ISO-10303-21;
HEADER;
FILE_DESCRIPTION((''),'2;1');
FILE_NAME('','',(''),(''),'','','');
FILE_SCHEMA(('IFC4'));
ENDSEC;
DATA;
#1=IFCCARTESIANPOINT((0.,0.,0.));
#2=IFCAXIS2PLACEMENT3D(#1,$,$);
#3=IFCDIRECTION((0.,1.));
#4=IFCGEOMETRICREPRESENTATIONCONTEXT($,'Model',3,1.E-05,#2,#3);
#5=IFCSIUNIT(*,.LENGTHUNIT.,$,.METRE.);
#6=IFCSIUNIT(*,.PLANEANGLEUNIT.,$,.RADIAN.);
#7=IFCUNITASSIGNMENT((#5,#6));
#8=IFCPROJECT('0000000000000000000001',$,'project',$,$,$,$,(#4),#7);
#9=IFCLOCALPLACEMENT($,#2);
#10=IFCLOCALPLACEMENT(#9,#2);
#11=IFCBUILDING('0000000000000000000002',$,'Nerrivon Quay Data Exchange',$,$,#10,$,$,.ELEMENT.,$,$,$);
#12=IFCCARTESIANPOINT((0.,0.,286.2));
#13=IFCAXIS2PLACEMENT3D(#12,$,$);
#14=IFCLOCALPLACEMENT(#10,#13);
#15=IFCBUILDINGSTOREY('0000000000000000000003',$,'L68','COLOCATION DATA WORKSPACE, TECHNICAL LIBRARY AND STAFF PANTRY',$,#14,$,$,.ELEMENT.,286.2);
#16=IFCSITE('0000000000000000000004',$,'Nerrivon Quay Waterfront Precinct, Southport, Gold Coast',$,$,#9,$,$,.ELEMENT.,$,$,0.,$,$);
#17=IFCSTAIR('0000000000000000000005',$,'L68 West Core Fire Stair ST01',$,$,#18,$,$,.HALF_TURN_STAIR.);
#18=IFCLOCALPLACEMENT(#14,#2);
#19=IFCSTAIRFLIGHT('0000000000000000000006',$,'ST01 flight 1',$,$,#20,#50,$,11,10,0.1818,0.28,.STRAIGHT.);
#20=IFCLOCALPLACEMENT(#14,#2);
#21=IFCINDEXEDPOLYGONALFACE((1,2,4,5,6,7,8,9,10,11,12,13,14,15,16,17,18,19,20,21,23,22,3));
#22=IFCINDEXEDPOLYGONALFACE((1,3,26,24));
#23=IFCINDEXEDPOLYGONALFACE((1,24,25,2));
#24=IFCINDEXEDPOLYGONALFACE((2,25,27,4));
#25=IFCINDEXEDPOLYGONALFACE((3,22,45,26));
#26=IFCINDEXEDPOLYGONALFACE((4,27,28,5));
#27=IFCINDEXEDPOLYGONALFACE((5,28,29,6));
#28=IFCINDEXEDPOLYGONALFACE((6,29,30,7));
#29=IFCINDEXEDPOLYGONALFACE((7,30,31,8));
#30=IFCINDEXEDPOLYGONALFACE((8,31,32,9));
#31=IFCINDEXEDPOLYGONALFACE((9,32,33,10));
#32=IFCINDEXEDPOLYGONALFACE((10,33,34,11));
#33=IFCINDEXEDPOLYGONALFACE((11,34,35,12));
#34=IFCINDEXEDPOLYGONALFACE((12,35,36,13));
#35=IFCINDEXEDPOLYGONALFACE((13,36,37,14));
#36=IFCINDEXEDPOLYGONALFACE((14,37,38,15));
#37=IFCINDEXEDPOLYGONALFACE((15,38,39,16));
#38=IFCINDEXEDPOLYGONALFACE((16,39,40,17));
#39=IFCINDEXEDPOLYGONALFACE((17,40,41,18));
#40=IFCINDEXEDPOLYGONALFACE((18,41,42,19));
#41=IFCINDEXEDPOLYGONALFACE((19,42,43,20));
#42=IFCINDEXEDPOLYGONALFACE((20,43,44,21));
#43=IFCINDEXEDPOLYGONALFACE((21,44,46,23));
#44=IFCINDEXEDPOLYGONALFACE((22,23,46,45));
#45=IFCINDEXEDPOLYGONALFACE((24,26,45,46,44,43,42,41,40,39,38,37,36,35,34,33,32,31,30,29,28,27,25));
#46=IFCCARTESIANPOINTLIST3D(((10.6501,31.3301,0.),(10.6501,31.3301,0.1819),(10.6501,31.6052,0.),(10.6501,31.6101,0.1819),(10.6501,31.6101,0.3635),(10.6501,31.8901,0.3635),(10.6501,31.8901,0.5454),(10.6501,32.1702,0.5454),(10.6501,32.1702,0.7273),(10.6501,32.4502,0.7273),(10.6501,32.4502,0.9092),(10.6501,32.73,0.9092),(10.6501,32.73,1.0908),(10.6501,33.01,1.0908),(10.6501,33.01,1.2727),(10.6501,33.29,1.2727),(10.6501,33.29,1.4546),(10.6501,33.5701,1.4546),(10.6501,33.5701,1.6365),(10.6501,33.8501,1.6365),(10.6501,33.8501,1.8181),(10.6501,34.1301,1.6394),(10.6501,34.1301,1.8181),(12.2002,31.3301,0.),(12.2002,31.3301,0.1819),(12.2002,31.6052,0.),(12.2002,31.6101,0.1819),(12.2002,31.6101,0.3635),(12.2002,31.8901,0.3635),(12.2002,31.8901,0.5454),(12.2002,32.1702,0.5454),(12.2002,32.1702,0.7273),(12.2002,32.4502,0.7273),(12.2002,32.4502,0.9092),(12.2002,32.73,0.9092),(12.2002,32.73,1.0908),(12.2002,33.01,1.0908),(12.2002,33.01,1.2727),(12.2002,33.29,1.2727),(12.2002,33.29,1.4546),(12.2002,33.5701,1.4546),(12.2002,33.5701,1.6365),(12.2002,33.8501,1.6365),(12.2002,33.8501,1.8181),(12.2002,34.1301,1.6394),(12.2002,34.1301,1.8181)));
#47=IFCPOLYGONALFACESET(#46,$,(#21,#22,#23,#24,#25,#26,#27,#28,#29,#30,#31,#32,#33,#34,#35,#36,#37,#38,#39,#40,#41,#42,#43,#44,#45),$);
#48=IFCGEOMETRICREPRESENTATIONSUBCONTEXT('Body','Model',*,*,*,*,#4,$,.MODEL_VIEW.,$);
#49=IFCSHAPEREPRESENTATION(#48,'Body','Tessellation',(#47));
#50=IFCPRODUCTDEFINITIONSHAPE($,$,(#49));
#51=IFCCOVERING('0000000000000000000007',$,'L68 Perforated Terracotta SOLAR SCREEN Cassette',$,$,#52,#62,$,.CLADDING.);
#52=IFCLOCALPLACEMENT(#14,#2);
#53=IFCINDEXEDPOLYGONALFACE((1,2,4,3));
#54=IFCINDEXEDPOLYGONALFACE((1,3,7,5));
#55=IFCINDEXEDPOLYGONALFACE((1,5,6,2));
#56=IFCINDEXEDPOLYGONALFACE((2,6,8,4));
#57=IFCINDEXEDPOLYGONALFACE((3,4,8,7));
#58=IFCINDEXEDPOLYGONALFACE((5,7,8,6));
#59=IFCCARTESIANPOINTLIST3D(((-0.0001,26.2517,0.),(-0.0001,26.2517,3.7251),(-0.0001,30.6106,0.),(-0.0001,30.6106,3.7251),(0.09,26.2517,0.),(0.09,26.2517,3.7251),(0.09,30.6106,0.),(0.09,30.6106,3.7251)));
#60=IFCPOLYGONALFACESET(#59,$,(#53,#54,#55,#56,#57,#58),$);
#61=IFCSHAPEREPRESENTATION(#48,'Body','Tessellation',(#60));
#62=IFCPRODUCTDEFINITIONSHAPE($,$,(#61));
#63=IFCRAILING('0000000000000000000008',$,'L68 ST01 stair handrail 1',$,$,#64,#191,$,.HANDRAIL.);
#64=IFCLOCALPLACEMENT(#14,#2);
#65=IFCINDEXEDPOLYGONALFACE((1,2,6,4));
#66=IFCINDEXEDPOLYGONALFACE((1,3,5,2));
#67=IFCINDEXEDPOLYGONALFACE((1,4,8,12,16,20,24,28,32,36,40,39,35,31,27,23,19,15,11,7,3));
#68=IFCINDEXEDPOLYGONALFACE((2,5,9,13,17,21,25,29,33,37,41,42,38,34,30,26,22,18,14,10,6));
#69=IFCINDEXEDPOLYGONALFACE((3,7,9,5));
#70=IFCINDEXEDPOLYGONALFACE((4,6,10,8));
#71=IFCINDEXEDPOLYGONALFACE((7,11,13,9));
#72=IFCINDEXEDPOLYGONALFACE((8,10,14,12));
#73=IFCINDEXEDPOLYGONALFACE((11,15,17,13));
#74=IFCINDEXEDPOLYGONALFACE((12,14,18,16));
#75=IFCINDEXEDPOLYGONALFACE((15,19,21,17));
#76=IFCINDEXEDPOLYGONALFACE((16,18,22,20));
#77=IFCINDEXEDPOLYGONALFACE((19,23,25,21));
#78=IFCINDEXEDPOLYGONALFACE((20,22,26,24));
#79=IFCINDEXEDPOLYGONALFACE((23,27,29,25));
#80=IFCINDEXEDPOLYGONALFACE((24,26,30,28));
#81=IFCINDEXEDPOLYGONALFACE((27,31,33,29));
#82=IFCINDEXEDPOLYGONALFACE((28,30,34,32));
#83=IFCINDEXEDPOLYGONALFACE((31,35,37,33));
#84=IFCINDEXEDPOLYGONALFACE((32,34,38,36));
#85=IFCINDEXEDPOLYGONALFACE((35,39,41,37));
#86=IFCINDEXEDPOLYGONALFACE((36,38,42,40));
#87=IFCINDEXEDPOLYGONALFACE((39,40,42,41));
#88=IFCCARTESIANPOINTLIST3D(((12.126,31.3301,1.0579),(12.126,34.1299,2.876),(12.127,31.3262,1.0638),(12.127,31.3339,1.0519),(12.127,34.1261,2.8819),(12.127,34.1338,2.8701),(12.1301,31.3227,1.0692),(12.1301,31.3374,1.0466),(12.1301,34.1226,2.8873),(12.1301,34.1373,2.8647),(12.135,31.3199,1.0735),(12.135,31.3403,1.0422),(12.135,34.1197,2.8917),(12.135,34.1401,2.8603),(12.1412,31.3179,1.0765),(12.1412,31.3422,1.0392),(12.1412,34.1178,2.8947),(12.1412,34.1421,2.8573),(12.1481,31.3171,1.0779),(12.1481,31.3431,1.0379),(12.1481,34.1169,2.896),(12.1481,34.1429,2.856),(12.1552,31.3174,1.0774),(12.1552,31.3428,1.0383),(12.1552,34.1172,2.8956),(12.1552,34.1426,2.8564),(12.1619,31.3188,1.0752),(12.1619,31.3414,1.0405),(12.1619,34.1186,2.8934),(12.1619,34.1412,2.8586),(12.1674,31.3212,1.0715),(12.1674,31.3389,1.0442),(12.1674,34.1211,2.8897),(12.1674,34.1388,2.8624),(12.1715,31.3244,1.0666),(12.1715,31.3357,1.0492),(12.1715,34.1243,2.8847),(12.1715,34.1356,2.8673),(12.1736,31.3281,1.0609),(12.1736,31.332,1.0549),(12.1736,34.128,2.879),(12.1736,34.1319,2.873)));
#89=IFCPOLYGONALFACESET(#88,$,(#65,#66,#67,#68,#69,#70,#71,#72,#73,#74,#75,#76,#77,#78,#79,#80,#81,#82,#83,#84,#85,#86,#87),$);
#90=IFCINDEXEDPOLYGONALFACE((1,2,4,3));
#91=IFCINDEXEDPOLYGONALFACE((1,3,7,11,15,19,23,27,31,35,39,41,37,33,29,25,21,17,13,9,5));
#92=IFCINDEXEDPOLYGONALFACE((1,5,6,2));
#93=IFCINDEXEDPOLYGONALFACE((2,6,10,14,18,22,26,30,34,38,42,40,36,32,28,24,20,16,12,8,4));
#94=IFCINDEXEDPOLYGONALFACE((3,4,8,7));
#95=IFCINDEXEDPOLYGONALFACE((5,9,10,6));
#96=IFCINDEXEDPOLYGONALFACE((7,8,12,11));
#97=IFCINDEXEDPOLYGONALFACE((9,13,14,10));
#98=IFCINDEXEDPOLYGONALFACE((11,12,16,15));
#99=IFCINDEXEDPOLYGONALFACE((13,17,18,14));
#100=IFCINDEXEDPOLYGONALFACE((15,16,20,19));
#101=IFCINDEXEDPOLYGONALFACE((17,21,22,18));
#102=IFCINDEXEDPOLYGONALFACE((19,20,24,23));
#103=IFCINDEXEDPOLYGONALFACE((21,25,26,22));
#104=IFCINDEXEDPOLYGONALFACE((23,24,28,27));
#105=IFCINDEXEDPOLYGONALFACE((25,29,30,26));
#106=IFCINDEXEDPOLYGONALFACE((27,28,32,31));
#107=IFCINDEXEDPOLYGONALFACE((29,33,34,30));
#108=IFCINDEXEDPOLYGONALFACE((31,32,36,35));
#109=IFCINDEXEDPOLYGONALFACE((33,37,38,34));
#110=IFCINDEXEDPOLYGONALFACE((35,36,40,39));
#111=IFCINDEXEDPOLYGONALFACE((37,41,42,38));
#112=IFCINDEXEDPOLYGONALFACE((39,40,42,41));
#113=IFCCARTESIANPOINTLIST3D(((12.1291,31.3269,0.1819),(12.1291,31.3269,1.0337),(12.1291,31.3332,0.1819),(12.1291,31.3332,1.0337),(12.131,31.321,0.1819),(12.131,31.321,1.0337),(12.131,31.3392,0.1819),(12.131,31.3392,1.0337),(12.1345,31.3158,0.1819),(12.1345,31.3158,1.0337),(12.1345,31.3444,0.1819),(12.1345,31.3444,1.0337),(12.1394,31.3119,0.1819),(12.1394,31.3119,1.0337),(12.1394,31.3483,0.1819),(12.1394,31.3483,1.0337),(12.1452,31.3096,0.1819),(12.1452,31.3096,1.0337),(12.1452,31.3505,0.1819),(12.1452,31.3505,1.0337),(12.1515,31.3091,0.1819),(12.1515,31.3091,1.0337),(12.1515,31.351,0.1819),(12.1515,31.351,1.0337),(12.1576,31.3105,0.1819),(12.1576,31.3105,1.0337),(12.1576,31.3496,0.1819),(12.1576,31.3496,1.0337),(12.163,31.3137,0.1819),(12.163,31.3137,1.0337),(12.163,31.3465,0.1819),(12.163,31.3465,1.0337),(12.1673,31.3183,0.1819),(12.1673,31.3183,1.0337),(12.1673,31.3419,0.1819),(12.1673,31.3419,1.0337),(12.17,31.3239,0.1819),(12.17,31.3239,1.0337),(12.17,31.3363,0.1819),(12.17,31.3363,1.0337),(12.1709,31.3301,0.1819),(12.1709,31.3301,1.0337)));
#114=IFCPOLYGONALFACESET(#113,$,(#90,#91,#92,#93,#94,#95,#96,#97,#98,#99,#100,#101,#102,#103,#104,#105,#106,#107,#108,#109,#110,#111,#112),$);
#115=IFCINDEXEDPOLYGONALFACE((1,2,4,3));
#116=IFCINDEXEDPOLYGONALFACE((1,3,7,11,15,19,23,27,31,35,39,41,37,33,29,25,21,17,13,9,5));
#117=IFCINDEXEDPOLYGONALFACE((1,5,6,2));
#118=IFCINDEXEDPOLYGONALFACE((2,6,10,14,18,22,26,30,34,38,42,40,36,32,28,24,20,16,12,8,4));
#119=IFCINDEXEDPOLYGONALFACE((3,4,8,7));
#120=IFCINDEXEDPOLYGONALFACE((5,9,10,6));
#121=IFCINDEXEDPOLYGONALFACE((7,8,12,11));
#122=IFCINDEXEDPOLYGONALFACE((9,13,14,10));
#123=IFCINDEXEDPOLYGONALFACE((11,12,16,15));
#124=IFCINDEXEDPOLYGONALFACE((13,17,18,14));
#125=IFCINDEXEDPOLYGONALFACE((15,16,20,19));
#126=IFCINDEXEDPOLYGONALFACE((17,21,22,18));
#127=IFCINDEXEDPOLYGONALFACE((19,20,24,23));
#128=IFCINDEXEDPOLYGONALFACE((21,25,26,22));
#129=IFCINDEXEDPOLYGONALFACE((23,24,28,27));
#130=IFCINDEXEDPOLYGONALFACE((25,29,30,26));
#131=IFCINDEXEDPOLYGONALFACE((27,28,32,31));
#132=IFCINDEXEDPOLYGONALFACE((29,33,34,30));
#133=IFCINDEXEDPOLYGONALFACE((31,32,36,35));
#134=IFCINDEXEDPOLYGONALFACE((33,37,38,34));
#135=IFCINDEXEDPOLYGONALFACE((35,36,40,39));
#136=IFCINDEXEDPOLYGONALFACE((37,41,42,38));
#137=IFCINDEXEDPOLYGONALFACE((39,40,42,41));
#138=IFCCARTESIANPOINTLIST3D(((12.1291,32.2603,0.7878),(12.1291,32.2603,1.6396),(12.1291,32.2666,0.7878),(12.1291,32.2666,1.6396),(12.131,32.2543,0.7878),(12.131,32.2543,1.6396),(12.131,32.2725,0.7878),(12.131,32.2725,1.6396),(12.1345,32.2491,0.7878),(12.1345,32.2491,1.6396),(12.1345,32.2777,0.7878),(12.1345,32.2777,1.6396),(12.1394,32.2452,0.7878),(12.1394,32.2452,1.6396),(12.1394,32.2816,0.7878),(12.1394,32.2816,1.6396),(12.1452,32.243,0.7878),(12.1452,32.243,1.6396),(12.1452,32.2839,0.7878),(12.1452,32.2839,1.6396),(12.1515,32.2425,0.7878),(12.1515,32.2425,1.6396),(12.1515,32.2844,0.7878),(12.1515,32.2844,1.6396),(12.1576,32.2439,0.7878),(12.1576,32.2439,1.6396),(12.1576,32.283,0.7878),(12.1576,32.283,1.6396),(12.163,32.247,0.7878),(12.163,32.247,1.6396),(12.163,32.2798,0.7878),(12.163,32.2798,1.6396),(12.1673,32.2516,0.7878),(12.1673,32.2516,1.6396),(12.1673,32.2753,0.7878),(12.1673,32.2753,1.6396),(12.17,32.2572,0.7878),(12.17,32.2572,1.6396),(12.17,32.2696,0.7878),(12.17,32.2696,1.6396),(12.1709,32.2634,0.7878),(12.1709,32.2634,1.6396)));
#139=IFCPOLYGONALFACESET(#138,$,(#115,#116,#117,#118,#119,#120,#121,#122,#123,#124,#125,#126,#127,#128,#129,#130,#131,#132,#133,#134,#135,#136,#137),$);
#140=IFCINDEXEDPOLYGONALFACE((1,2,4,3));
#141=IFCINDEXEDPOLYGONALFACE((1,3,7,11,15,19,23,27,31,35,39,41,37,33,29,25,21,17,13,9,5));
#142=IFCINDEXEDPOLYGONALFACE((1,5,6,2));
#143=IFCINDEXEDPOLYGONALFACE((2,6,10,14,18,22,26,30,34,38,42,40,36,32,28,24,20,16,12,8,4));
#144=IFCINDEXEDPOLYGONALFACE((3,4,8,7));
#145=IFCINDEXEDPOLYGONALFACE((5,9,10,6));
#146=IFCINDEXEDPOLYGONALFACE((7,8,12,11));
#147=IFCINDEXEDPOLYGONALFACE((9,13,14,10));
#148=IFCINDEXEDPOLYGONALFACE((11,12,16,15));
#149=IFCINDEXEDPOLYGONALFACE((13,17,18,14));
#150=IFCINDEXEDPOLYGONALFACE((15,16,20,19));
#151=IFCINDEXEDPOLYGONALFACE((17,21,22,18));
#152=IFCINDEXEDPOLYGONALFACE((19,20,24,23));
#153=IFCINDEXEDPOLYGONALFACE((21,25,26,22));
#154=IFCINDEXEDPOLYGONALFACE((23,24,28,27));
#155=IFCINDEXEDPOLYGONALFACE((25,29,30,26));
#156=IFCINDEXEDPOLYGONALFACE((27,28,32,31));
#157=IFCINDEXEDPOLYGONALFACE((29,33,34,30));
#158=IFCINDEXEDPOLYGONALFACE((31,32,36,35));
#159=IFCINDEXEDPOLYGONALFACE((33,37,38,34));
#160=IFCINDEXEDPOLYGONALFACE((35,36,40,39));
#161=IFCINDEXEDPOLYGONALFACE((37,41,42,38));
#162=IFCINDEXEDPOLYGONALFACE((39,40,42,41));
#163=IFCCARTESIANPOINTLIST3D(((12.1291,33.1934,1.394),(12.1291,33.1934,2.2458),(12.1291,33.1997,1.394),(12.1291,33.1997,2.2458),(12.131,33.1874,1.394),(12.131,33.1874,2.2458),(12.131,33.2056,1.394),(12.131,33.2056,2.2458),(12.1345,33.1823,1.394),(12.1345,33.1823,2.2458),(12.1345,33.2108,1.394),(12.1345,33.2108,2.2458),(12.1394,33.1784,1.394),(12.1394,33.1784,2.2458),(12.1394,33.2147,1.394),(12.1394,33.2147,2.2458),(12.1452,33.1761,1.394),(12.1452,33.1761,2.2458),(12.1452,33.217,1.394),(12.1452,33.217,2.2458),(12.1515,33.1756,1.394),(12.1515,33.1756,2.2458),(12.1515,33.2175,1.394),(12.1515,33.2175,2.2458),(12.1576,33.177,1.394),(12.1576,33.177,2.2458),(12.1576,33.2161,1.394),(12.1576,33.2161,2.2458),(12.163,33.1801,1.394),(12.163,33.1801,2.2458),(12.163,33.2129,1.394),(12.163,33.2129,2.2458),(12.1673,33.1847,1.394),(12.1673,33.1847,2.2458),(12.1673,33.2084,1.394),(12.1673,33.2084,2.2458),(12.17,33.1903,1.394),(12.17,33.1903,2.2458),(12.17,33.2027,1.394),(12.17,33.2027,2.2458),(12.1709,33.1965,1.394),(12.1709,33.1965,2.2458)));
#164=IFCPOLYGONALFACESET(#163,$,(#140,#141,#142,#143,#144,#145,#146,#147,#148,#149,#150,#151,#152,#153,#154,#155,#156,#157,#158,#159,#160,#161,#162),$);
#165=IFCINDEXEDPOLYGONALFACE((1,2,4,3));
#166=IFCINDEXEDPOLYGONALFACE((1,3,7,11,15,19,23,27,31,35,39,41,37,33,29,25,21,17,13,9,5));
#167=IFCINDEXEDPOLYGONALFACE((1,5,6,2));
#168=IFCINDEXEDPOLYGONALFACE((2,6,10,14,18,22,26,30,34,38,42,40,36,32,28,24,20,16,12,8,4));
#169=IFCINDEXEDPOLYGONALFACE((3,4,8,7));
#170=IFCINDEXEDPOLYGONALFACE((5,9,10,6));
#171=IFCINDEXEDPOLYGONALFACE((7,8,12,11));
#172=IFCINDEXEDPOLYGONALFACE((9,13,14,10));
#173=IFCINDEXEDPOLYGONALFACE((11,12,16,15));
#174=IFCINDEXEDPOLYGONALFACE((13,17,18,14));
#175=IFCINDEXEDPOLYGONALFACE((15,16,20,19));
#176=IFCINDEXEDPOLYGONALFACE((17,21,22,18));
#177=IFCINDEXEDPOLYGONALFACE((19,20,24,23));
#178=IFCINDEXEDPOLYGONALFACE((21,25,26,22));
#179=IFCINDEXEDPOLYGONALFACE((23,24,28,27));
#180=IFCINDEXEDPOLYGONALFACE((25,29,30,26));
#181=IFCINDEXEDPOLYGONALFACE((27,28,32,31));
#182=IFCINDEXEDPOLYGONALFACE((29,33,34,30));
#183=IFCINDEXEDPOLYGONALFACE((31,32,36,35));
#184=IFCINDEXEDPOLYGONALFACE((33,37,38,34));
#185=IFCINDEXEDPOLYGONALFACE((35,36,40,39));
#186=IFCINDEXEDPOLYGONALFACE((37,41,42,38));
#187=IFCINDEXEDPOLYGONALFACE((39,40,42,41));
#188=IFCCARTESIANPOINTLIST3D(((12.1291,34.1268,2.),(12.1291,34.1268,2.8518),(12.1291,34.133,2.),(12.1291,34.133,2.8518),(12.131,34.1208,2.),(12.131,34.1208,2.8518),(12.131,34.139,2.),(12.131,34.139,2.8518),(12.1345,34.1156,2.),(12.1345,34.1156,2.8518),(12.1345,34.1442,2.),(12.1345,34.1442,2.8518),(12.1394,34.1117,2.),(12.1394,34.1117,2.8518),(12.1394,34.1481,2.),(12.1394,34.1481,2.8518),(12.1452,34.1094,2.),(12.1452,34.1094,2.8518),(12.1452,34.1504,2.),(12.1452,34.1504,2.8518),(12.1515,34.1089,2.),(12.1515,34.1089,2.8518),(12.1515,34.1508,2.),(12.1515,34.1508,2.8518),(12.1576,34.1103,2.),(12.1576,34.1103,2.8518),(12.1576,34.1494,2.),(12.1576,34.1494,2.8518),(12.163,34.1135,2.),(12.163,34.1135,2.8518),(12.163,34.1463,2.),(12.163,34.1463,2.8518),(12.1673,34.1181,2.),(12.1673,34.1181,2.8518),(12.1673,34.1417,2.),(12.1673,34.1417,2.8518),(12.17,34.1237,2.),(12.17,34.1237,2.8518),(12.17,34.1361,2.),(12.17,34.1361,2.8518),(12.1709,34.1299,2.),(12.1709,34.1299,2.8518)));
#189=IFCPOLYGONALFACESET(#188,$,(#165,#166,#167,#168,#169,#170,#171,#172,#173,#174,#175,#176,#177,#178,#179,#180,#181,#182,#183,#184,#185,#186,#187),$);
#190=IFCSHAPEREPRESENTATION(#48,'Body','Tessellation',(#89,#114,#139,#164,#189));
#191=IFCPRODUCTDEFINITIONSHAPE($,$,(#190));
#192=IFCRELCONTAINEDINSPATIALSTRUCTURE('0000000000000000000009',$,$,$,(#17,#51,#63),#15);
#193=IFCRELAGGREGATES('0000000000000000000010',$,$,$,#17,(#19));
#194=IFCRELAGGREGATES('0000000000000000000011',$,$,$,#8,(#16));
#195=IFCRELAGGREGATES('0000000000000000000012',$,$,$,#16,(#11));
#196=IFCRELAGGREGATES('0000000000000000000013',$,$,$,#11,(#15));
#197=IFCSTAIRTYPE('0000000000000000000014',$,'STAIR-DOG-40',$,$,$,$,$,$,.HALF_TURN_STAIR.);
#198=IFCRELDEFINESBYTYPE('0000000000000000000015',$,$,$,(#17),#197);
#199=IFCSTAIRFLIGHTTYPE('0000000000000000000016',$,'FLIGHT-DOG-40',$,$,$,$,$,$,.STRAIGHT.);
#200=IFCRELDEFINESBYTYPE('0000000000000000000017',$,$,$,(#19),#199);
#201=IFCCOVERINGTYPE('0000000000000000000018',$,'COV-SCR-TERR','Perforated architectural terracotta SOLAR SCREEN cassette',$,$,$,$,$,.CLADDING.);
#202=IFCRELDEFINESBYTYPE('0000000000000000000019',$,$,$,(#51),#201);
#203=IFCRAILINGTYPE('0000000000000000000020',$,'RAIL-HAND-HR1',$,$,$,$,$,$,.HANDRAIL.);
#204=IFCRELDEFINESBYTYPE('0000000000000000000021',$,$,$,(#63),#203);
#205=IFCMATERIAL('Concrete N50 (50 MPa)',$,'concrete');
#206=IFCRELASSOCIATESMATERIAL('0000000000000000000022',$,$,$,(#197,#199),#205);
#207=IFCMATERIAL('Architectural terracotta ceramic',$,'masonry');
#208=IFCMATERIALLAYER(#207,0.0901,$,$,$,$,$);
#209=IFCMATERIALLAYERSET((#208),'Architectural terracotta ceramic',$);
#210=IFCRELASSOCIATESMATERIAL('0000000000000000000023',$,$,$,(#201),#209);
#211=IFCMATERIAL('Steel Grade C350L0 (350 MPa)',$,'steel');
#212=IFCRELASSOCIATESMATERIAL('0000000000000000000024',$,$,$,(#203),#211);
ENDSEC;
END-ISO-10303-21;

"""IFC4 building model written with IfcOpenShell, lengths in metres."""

from ifc_helpers import new_model, si_unit, direction, frame, origin, origin_2d, place, context, subcontext, project, spatial, polyline, rectangle, circle, outline, extrude, material, layer, layer_set, type_object, element, aggregate, save


model = new_model("IFC4")

# Units and contexts
model_context = context("Model", 3, precision=1e-05, world=origin(), true_north=direction((0.0, 1.0)))
body_context = subcontext(model_context, "Body", "Model", "MODEL_VIEW")
ifc_project = project(units=[si_unit("LENGTHUNIT", "METRE"), si_unit("PLANEANGLEUNIT", "RADIAN")], contexts=[model_context])

# Site, building, storey
site_placement = place(None, origin())
site = spatial("IfcSite", under=ifc_project, at=site_placement, Name="Nerrivon Quay Waterfront Precinct, Southport, Gold Coast", CompositionType="ELEMENT", RefElevation=0.0)
building_placement = place(site_placement, origin())
building = spatial("IfcBuilding", under=site, at=building_placement, Name="Nerrivon Quay Data Exchange", CompositionType="ELEMENT")
storey_placement = place(building_placement, frame((0.0, 0.0, 286.2)))
storey = spatial("IfcBuildingStorey", under=building, at=storey_placement, Name="L68", Description="COLOCATION DATA WORKSPACE, TECHNICAL LIBRARY AND STAFF PANTRY", CompositionType="ELEMENT", Elevation=286.2)

# Shared definitions
ifc_material_1 = material(Name="Concrete N50 (50 MPa)", Category="concrete")

# Stair, stair flight
stair_type = type_object("IfcStairType", Name="STAIR-DOG-40", PredefinedType="HALF_TURN_STAIR", material=ifc_material_1)
stair_placement = place(storey_placement, origin())
stair = element("IfcStair", 1, at=stair_placement, inside=storey, type_object=stair_type, Name="L68 West Core Fire Stair ST01", PredefinedType="HALF_TURN_STAIR")
stair_flight_type = type_object("IfcStairFlightType", Name="FLIGHT-DOG-40", PredefinedType="STRAIGHT", material=ifc_material_1)
stair_flight_placement = place(storey_placement, frame((11.425, 31.3301, 0.0), z_axis=(0.0, 0.0, 1.0), x_axis=(0.0, 1.0, 0.0)))
stair_flight = element("IfcStairFlight", 2, at=stair_flight_placement, type_object=stair_flight_type, Name="ST01 flight 1", NumberOfRisers=11, NumberOfTreads=10, PredefinedType="STRAIGHT", RiserHeight=0.1818, TreadLength=0.28, context=body_context, shape_type="SweptSolid", body=[
    extrude(outline(polyline([(0.0, 0.0), (0.0, 0.1819), (0.28, 0.1819), (0.28, 0.3635), (0.5601, 0.3635), (0.5601, 0.5454), (0.8401, 0.5454), (0.8401, 0.7273), (1.1201, 0.7273), (1.1201, 0.9092), (1.3999, 0.9092), (1.3999, 1.0908), (1.6799, 1.0908), (1.6799, 1.2727), (1.96, 1.2727), (1.96, 1.4546), (2.24, 1.4546), (2.24, 1.6365), (2.52, 1.6365), (2.52, 1.8181), (2.8, 1.8181), (2.8, 2.0), (2.8, 1.6394), (0.2751, 0.0), (0.0, 0.0)])), frame((0.0, 0.7749, 0.0), z_axis=(0.0, -1.0, 0.0), x_axis=(1.0, 0.0, 0.0)), (0.0, 0.0, 1.0), 1.55),
])
aggregate(stair, [stair_flight])

# Covering
ifc_material_2 = material(Name="Architectural terracotta ceramic", Category="masonry")
ifc_layer_1 = layer(ifc_material_2, 0.0901)
ifc_layer_set_1 = layer_set([ifc_layer_1], Name="Architectural terracotta ceramic")
covering_type = type_object("IfcCoveringType", Name="COV-SCR-TERR", Description="Perforated architectural terracotta SOLAR SCREEN cassette", PredefinedType="CLADDING", material=ifc_layer_set_1)
covering_placement = place(storey_placement, frame((0.0449, 28.4312, 0.0), z_axis=(0.0, 0.0, 1.0), x_axis=(0.0, 1.0, 0.0)))
element("IfcCovering", 3, at=covering_placement, inside=storey, type_object=covering_type, Name="L68 Perforated Terracotta SOLAR SCREEN Cassette", PredefinedType="CLADDING", context=body_context, shape_type="SweptSolid", body=[
    extrude(rectangle(XDim=4.3589, YDim=0.0901, at=origin_2d()), origin(), (0.0, 0.0, 1.0), 3.7251),
])

# Railing
ifc_material_3 = material(Name="Steel Grade C350L0 (350 MPa)", Category="steel")
railing_type_1 = type_object("IfcRailingType", Name="RAIL-HAND-HR1", PredefinedType="HANDRAIL", material=ifc_material_3)
railing_1_placement = place(storey_placement, frame((12.1499, 31.3301, 0.1819)))
element("IfcRailing", 4, at=railing_1_placement, inside=storey, type_object=railing_type_1, Name="L68 ST01 stair handrail 1", PredefinedType="HANDRAIL", context=body_context, shape_type="SweptSolid", body=[
    extrude(circle(Radius=0.0239, at=origin_2d()), frame((0.0, 0.0, 0.876), z_axis=(0.0, 0.838684, 0.544618), x_axis=(-1.0, 0.0, 0.0)), (0.0, 0.0, 1.0), 3.3384),
    extrude(circle(Radius=0.021, at=origin_2d()), origin(), (0.0, 0.0, 1.0), 0.8518),
    extrude(circle(Radius=0.021, at=origin_2d()), frame((0.0, 0.9333, 0.606)), (0.0, 0.0, 1.0), 0.8518),
    extrude(circle(Radius=0.021, at=origin_2d()), frame((0.0, 1.8665, 1.2122)), (0.0, 0.0, 1.0), 0.8518),
    extrude(circle(Radius=0.021, at=origin_2d()), frame((0.0, 2.7998, 1.8181)), (0.0, 0.0, 1.0), 0.8518),
])

save(model, "model.ifc")
